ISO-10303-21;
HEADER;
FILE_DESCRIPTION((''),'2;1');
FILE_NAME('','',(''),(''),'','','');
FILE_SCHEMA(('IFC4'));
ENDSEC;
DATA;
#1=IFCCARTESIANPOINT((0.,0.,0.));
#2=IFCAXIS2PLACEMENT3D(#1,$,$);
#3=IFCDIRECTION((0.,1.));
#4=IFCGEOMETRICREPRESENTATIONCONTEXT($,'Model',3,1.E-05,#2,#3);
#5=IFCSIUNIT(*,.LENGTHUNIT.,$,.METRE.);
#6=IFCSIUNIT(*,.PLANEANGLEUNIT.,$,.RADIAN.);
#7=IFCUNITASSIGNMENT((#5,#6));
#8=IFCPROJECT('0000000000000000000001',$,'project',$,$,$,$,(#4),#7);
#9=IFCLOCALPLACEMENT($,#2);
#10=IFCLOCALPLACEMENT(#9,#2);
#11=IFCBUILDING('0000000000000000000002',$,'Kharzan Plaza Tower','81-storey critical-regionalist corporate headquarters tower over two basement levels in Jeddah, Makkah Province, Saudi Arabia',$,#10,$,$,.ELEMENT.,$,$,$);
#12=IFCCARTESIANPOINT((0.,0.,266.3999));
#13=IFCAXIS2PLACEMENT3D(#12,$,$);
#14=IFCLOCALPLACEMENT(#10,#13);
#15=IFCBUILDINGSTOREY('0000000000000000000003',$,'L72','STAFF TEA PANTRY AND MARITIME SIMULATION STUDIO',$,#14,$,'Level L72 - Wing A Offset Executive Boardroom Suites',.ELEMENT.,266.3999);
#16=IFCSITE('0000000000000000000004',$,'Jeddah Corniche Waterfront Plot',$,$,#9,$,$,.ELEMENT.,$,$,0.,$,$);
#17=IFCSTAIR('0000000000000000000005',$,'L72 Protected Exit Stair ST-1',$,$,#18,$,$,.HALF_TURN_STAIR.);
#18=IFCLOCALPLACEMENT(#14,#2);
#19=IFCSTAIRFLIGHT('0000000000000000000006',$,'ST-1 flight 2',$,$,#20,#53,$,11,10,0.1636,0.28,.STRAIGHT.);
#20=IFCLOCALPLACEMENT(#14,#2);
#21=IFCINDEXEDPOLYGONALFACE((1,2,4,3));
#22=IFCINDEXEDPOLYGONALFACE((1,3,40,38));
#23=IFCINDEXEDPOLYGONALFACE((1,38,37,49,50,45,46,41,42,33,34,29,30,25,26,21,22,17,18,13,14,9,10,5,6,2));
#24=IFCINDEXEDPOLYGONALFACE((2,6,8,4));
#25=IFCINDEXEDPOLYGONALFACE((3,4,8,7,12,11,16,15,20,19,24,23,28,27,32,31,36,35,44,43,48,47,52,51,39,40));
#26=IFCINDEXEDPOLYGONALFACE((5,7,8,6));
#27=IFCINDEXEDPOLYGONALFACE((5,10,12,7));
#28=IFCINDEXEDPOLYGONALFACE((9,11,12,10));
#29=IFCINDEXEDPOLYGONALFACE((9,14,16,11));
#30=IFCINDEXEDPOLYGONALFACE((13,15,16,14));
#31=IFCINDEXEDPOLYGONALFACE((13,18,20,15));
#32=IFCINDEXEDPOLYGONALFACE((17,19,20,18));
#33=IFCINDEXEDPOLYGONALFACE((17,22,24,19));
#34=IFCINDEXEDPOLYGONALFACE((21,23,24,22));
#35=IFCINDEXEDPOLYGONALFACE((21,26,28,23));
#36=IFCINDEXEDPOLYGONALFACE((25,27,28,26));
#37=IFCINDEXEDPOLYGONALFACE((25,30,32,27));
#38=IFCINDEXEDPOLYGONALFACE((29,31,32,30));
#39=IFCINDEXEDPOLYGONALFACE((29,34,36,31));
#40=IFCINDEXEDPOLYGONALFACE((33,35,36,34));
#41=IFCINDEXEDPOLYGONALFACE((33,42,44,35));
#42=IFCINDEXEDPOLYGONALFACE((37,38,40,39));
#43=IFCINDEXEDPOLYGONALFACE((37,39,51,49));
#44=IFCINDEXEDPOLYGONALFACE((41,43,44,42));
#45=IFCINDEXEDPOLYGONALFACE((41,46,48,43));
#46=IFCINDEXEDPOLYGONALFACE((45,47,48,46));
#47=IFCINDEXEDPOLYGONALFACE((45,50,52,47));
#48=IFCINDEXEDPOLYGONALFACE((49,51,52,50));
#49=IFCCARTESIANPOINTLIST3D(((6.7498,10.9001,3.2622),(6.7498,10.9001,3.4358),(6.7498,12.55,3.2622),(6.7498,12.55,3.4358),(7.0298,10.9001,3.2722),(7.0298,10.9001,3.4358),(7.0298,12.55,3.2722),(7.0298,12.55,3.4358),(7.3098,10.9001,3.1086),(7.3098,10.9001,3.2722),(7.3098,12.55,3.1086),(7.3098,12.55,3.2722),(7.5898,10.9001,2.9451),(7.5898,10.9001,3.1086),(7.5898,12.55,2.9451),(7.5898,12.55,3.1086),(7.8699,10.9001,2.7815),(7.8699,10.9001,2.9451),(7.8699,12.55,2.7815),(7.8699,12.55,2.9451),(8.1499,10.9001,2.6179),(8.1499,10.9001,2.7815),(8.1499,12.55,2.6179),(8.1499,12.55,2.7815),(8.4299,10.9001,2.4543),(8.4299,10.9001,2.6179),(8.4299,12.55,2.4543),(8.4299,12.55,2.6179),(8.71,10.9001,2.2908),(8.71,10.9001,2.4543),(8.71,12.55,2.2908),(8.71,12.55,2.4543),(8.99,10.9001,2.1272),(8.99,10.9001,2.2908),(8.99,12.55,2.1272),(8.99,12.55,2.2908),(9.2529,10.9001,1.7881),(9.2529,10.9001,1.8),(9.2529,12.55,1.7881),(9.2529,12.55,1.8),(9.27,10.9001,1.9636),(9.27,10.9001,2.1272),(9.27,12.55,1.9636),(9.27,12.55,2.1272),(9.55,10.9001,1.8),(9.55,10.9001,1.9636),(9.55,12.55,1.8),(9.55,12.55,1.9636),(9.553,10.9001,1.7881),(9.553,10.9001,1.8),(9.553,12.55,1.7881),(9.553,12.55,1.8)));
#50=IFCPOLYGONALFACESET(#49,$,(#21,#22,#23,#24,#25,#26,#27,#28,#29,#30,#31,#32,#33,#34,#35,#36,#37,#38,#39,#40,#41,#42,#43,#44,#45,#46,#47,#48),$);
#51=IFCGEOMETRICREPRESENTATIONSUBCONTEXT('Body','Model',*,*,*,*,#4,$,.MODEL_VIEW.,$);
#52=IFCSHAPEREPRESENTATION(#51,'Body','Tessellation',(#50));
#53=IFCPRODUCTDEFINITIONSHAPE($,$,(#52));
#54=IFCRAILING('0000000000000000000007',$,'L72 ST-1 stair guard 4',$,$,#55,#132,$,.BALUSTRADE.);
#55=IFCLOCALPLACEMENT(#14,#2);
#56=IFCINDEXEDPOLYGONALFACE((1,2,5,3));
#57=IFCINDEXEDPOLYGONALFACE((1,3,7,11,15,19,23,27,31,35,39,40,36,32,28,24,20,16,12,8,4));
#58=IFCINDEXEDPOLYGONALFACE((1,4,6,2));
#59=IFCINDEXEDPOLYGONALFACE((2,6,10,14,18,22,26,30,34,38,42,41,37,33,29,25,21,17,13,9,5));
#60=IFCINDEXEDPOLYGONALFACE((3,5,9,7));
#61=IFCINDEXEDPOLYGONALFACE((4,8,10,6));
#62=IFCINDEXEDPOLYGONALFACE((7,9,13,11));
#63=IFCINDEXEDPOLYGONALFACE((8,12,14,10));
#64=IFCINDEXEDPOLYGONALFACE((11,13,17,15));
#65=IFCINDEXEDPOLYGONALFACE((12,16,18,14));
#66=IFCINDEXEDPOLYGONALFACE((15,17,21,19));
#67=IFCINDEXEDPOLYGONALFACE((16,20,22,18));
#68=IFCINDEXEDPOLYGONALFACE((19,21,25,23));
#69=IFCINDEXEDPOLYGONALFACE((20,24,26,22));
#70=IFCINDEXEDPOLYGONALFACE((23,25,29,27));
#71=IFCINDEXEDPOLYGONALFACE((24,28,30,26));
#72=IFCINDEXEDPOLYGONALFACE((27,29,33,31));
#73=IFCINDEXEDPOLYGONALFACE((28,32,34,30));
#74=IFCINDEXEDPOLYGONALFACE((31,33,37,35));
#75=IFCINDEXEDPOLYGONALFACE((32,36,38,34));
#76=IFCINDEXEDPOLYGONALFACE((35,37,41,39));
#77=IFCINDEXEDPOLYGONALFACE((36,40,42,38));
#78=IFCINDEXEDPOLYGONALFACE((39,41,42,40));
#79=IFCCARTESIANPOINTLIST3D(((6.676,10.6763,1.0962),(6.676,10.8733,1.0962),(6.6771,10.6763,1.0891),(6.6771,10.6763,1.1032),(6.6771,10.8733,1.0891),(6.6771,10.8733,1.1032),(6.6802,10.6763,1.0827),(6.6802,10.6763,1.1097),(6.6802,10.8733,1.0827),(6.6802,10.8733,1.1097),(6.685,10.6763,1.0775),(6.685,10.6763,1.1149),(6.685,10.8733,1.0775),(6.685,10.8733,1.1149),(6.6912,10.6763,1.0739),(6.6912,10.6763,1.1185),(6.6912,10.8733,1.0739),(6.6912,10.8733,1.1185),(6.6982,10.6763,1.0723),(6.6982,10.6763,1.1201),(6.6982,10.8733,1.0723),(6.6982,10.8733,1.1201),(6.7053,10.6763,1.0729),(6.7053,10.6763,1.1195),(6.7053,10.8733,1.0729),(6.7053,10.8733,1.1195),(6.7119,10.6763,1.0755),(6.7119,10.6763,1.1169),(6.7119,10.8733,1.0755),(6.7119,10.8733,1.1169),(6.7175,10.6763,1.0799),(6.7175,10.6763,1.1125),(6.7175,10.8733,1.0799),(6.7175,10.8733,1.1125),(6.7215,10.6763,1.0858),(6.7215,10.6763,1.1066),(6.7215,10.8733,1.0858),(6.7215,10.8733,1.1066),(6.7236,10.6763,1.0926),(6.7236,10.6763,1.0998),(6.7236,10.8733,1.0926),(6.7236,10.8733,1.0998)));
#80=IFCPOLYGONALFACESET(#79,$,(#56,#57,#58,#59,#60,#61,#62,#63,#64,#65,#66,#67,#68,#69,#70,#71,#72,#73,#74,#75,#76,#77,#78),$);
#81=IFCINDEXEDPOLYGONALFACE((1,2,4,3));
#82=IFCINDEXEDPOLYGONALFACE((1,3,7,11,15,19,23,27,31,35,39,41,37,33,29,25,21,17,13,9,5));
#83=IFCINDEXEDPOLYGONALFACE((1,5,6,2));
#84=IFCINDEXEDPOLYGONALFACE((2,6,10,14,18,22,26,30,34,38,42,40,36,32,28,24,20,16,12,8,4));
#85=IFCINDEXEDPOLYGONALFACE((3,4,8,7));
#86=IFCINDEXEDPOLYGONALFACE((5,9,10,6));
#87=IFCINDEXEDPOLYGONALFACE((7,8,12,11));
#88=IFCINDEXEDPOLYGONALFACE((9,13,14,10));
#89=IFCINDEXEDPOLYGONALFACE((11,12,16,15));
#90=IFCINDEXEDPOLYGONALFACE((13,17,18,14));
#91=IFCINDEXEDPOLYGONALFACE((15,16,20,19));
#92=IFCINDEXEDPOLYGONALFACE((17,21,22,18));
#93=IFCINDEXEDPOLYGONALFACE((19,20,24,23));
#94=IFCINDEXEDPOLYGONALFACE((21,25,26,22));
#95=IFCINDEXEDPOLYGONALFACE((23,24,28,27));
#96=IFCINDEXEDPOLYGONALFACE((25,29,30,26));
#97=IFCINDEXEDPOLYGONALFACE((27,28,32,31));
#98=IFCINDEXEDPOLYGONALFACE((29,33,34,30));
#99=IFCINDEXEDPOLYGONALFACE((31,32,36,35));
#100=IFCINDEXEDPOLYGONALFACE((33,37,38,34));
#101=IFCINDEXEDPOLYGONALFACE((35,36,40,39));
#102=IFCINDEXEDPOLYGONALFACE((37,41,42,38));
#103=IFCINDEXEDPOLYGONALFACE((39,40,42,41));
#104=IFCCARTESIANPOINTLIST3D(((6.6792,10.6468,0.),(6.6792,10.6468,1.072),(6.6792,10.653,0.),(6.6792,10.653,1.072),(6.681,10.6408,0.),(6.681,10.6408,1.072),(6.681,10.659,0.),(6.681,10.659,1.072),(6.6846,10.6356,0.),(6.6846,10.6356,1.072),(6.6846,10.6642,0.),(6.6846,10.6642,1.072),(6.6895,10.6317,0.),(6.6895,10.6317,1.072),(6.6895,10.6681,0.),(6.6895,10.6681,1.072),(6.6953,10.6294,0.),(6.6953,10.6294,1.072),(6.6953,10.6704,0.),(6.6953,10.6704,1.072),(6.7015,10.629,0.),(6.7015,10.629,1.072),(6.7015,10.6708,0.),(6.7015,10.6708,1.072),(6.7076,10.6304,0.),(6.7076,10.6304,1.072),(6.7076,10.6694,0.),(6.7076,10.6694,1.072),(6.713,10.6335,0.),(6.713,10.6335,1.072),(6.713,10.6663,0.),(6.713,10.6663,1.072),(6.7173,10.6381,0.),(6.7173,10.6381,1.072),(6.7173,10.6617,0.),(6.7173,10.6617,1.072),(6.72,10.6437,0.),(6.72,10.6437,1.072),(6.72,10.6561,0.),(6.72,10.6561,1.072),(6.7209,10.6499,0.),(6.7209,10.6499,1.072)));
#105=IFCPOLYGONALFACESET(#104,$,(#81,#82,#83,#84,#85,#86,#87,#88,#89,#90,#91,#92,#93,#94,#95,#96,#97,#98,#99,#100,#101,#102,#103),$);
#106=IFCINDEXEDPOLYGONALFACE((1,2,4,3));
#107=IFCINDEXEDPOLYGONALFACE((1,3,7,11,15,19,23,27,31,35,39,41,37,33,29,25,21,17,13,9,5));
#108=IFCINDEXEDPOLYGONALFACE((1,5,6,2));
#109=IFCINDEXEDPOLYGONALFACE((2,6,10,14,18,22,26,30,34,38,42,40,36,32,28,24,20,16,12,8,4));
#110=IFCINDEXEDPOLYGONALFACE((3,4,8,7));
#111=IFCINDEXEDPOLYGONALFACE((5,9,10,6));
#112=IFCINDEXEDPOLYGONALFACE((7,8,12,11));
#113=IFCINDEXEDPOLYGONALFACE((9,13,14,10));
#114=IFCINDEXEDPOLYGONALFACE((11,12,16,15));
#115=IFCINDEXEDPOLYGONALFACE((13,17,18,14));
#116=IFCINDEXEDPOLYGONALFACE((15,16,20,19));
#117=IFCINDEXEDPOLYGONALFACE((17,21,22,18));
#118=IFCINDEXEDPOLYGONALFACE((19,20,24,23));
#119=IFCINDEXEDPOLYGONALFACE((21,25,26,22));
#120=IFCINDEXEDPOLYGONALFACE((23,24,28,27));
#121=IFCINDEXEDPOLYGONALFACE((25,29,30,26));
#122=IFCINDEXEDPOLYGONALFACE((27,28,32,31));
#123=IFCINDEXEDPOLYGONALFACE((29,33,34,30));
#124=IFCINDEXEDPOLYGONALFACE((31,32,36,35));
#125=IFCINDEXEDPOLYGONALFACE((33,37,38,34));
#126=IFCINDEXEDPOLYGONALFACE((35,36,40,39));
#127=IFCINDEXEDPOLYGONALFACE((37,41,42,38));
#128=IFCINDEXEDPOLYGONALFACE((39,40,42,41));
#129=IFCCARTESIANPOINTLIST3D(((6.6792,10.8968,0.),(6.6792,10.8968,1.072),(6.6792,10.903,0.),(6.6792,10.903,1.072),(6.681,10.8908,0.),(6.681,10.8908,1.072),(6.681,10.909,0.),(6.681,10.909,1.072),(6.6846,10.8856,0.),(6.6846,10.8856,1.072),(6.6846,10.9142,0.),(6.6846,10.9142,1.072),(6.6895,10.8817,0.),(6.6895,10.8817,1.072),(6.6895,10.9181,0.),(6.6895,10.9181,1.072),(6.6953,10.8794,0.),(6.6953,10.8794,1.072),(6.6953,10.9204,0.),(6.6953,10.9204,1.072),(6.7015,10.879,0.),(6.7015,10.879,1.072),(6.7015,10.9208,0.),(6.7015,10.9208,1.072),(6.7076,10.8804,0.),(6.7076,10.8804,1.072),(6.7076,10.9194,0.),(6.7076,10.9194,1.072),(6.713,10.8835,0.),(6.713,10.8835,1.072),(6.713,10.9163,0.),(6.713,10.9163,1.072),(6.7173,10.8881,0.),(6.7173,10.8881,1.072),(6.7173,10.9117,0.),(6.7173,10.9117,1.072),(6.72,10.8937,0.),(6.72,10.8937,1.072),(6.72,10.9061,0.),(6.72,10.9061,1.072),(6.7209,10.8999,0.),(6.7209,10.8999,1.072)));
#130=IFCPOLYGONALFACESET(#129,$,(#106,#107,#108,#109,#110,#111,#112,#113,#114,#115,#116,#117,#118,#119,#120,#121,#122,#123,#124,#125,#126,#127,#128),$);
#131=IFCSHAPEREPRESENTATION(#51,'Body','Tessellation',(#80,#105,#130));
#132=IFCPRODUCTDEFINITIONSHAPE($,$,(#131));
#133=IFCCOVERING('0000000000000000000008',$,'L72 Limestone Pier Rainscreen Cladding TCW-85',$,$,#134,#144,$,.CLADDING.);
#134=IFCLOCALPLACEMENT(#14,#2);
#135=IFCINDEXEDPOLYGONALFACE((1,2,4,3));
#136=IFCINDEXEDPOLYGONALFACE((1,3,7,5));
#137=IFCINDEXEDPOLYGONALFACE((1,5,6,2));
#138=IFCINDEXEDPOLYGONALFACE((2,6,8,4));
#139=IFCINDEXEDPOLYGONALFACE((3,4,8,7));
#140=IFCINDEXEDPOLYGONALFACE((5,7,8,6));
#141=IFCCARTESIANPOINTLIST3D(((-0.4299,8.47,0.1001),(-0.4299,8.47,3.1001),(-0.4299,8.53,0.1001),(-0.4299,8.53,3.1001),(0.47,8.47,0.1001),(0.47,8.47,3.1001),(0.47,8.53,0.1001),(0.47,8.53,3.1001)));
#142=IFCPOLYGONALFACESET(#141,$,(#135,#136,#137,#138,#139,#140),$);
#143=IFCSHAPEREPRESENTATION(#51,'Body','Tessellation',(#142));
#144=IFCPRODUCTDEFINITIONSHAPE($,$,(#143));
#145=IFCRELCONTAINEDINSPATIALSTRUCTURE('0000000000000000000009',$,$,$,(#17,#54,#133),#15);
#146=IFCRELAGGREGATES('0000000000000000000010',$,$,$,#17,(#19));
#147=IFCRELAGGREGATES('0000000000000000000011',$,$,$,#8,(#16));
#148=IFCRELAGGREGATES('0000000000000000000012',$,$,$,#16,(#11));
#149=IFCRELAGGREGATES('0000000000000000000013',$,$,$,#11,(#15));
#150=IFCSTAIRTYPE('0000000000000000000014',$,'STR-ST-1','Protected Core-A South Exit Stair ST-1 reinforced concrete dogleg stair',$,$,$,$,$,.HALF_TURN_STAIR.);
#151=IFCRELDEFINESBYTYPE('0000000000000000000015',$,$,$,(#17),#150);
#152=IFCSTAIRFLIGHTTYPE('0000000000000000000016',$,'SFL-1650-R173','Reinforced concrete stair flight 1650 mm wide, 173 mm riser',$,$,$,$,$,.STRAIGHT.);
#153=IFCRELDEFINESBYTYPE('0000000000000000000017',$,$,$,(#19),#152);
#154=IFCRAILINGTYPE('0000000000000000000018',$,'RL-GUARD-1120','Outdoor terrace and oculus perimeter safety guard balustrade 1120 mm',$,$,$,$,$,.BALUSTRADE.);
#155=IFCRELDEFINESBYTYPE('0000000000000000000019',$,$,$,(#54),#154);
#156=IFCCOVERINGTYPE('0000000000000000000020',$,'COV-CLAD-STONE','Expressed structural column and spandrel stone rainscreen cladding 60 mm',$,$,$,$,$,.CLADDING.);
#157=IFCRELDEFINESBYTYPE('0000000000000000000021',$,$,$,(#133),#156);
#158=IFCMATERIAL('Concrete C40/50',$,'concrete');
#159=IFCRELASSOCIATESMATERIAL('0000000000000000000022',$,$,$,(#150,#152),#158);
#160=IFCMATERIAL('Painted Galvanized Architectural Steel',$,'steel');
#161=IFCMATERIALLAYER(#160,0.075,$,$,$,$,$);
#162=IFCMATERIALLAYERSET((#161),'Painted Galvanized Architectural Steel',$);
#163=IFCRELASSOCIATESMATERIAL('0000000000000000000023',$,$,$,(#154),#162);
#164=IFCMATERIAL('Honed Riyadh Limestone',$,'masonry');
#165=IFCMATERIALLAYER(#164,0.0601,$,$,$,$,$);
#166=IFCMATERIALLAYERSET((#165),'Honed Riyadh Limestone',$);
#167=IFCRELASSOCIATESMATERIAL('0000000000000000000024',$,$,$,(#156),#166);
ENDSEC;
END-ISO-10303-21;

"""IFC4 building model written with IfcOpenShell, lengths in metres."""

from ifc_helpers import new_model, si_unit, direction, frame, origin, origin_2d, place, context, subcontext, project, spatial, polyline, rectangle, circle, outline, extrude, source, transform, mapped, material, layer, layer_set, type_object, element, aggregate, save


model = new_model("IFC4")

# Units and contexts
model_context = context("Model", 3, precision=1e-05, world=origin(), true_north=direction((0.0, 1.0)))
body_context = subcontext(model_context, "Body", "Model", "MODEL_VIEW")
ifc_project = project(units=[si_unit("LENGTHUNIT", "METRE"), si_unit("PLANEANGLEUNIT", "RADIAN")], contexts=[model_context])

# Site, building, storey
site_placement = place(None, origin())
site = spatial("IfcSite", under=ifc_project, at=site_placement, Name="Jeddah Corniche Waterfront Plot", CompositionType="ELEMENT", RefElevation=0.0)
building_placement = place(site_placement, origin())
building = spatial("IfcBuilding", under=site, at=building_placement, Name="Kharzan Plaza Tower", Description="81-storey critical-regionalist corporate headquarters tower over two basement levels in Jeddah, Makkah Province, Saudi Arabia", CompositionType="ELEMENT")
storey_placement = place(building_placement, frame((0.0, 0.0, 266.3999)))
storey = spatial("IfcBuildingStorey", under=building, at=storey_placement, Name="L72", Description="STAFF TEA PANTRY AND MARITIME SIMULATION STUDIO", LongName="Level L72 - Wing A Offset Executive Boardroom Suites", CompositionType="ELEMENT", Elevation=266.3999)

# Shared definitions
ifc_material_1 = material(Name="Concrete C40/50", Category="concrete")

# Stair, stair flight
stair_type = type_object("IfcStairType", Name="STR-ST-1", Description="Protected Core-A South Exit Stair ST-1 reinforced concrete dogleg stair", PredefinedType="HALF_TURN_STAIR", material=ifc_material_1)
stair_placement = place(storey_placement, origin())
stair = element("IfcStair", 1, at=stair_placement, inside=storey, type_object=stair_type, Name="L72 Protected Exit Stair ST-1", PredefinedType="HALF_TURN_STAIR")
stair_flight_type = type_object("IfcStairFlightType", Name="SFL-1650-R173", Description="Reinforced concrete stair flight 1650 mm wide, 173 mm riser", PredefinedType="STRAIGHT", material=ifc_material_1)
shared_shape_1 = source(origin(), body_context, "Body", "SweptSolid", [
    extrude(outline(polyline([(-0.0029, -0.012), (-0.0029, 0.0), (0.0, 0.0), (0.0, 0.1636), (0.28, 0.1636), (0.28, 0.3271), (0.5601, 0.3271), (0.5601, 0.4907), (0.8401, 0.4907), (0.8401, 0.6543), (1.1201, 0.6543), (1.1201, 0.8179), (1.4001, 0.8179), (1.4001, 0.9814), (1.6802, 0.9814), (1.6802, 1.145), (1.9602, 1.145), (1.9602, 1.3086), (2.2402, 1.3086), (2.2402, 1.4722), (2.5203, 1.4722), (2.5203, 1.6357), (2.8003, 1.6357), (2.8003, 1.7993), (2.8003, 1.4622), (0.2971, 0.0), (0.2971, -0.012), (-0.0029, -0.012)])), frame((0.0, 0.825, 0.0), z_axis=(0.0, -1.0, 0.0), x_axis=(1.0, 0.0, 0.0)), (0.0, 0.0, 1.0), 1.6499),
])
stair_flight_1_placement = place(storey_placement, frame((9.55, 11.7251, 1.8), z_axis=(0.0, 0.0, 1.0), x_axis=(-1.0, 0.0, 0.0)))
stair_flight_1 = element("IfcStairFlight", 2, at=stair_flight_1_placement, type_object=stair_flight_type, Name="ST-1 flight 2", NumberOfRisers=11, NumberOfTreads=10, PredefinedType="STRAIGHT", RiserHeight=0.1636, TreadLength=0.28, context=body_context, shape_type="MappedRepresentation", body=[
    mapped(shared_shape_1, transform((0.0, 0.0, 0.0), x_axis=(1.0, 0.0, 0.0), y_axis=(0.0, 1.0, 0.0), z_axis=(0.0, 0.0, 1.0))),
])
aggregate(stair, [stair_flight_1])

# Railing
ifc_material_2 = material(Name="Painted Galvanized Architectural Steel", Category="steel")
ifc_layer_1 = layer(ifc_material_2, 0.075)
ifc_layer_set_1 = layer_set([ifc_layer_1], Name="Painted Galvanized Architectural Steel")
railing_type_1 = type_object("IfcRailingType", Name="RL-GUARD-1120", Description="Outdoor terrace and oculus perimeter safety guard balustrade 1120 mm", PredefinedType="BALUSTRADE", material=ifc_layer_set_1)
shared_shape_2 = source(origin(), body_context, "Body", "SweptSolid", [
    extrude(circle(Radius=0.0239, at=origin_2d()), frame((0.0, 0.0264, 1.0962), z_axis=(0.0, 1.0, 0.0), x_axis=(-1.0, 0.0, 0.0)), (0.0, 0.0, 1.0), 0.197),
    extrude(circle(Radius=0.021, at=origin_2d()), origin(), (0.0, 0.0, 1.0), 1.072),
    extrude(circle(Radius=0.021, at=origin_2d()), frame((0.0, 0.25, 0.0)), (0.0, 0.0, 1.0), 1.072),
])
railing_1_placement = place(storey_placement, frame((6.7, 10.6499, 0.0)))
element("IfcRailing", 3, at=railing_1_placement, inside=storey, type_object=railing_type_1, Name="L72 ST-1 stair guard 4", PredefinedType="BALUSTRADE", context=body_context, shape_type="MappedRepresentation", body=[
    mapped(shared_shape_2, transform((0.0, 0.0, 0.0), x_axis=(1.0, 0.0, 0.0), y_axis=(0.0, 1.0, 0.0), z_axis=(0.0, 0.0, 1.0))),
])

# Covering
ifc_material_3 = material(Name="Honed Riyadh Limestone", Category="masonry")
ifc_layer_2 = layer(ifc_material_3, 0.0601)
ifc_layer_set_2 = layer_set([ifc_layer_2], Name="Honed Riyadh Limestone")
covering_type = type_object("IfcCoveringType", Name="COV-CLAD-STONE", Description="Expressed structural column and spandrel stone rainscreen cladding 60 mm", PredefinedType="CLADDING", material=ifc_layer_set_2)
shared_shape_3 = source(origin(), body_context, "Body", "SweptSolid", [
    extrude(rectangle(XDim=0.0601, YDim=0.8999, at=origin_2d()), origin(), (0.0, 0.0, 1.0), 3.0),
])
covering_placement = place(storey_placement, frame((0.02, 8.5, 0.1001), z_axis=(0.0, 0.0, 1.0), x_axis=(0.0, 1.0, 0.0)))
element("IfcCovering", 4, at=covering_placement, inside=storey, type_object=covering_type, Name="L72 Limestone Pier Rainscreen Cladding TCW-85", PredefinedType="CLADDING", context=body_context, shape_type="MappedRepresentation", body=[
    mapped(shared_shape_3, transform((0.0, 0.0, 0.0), x_axis=(1.0, 0.0, 0.0), y_axis=(0.0, 1.0, 0.0), z_axis=(0.0, 0.0, 1.0))),
])

save(model, "model.ifc")
